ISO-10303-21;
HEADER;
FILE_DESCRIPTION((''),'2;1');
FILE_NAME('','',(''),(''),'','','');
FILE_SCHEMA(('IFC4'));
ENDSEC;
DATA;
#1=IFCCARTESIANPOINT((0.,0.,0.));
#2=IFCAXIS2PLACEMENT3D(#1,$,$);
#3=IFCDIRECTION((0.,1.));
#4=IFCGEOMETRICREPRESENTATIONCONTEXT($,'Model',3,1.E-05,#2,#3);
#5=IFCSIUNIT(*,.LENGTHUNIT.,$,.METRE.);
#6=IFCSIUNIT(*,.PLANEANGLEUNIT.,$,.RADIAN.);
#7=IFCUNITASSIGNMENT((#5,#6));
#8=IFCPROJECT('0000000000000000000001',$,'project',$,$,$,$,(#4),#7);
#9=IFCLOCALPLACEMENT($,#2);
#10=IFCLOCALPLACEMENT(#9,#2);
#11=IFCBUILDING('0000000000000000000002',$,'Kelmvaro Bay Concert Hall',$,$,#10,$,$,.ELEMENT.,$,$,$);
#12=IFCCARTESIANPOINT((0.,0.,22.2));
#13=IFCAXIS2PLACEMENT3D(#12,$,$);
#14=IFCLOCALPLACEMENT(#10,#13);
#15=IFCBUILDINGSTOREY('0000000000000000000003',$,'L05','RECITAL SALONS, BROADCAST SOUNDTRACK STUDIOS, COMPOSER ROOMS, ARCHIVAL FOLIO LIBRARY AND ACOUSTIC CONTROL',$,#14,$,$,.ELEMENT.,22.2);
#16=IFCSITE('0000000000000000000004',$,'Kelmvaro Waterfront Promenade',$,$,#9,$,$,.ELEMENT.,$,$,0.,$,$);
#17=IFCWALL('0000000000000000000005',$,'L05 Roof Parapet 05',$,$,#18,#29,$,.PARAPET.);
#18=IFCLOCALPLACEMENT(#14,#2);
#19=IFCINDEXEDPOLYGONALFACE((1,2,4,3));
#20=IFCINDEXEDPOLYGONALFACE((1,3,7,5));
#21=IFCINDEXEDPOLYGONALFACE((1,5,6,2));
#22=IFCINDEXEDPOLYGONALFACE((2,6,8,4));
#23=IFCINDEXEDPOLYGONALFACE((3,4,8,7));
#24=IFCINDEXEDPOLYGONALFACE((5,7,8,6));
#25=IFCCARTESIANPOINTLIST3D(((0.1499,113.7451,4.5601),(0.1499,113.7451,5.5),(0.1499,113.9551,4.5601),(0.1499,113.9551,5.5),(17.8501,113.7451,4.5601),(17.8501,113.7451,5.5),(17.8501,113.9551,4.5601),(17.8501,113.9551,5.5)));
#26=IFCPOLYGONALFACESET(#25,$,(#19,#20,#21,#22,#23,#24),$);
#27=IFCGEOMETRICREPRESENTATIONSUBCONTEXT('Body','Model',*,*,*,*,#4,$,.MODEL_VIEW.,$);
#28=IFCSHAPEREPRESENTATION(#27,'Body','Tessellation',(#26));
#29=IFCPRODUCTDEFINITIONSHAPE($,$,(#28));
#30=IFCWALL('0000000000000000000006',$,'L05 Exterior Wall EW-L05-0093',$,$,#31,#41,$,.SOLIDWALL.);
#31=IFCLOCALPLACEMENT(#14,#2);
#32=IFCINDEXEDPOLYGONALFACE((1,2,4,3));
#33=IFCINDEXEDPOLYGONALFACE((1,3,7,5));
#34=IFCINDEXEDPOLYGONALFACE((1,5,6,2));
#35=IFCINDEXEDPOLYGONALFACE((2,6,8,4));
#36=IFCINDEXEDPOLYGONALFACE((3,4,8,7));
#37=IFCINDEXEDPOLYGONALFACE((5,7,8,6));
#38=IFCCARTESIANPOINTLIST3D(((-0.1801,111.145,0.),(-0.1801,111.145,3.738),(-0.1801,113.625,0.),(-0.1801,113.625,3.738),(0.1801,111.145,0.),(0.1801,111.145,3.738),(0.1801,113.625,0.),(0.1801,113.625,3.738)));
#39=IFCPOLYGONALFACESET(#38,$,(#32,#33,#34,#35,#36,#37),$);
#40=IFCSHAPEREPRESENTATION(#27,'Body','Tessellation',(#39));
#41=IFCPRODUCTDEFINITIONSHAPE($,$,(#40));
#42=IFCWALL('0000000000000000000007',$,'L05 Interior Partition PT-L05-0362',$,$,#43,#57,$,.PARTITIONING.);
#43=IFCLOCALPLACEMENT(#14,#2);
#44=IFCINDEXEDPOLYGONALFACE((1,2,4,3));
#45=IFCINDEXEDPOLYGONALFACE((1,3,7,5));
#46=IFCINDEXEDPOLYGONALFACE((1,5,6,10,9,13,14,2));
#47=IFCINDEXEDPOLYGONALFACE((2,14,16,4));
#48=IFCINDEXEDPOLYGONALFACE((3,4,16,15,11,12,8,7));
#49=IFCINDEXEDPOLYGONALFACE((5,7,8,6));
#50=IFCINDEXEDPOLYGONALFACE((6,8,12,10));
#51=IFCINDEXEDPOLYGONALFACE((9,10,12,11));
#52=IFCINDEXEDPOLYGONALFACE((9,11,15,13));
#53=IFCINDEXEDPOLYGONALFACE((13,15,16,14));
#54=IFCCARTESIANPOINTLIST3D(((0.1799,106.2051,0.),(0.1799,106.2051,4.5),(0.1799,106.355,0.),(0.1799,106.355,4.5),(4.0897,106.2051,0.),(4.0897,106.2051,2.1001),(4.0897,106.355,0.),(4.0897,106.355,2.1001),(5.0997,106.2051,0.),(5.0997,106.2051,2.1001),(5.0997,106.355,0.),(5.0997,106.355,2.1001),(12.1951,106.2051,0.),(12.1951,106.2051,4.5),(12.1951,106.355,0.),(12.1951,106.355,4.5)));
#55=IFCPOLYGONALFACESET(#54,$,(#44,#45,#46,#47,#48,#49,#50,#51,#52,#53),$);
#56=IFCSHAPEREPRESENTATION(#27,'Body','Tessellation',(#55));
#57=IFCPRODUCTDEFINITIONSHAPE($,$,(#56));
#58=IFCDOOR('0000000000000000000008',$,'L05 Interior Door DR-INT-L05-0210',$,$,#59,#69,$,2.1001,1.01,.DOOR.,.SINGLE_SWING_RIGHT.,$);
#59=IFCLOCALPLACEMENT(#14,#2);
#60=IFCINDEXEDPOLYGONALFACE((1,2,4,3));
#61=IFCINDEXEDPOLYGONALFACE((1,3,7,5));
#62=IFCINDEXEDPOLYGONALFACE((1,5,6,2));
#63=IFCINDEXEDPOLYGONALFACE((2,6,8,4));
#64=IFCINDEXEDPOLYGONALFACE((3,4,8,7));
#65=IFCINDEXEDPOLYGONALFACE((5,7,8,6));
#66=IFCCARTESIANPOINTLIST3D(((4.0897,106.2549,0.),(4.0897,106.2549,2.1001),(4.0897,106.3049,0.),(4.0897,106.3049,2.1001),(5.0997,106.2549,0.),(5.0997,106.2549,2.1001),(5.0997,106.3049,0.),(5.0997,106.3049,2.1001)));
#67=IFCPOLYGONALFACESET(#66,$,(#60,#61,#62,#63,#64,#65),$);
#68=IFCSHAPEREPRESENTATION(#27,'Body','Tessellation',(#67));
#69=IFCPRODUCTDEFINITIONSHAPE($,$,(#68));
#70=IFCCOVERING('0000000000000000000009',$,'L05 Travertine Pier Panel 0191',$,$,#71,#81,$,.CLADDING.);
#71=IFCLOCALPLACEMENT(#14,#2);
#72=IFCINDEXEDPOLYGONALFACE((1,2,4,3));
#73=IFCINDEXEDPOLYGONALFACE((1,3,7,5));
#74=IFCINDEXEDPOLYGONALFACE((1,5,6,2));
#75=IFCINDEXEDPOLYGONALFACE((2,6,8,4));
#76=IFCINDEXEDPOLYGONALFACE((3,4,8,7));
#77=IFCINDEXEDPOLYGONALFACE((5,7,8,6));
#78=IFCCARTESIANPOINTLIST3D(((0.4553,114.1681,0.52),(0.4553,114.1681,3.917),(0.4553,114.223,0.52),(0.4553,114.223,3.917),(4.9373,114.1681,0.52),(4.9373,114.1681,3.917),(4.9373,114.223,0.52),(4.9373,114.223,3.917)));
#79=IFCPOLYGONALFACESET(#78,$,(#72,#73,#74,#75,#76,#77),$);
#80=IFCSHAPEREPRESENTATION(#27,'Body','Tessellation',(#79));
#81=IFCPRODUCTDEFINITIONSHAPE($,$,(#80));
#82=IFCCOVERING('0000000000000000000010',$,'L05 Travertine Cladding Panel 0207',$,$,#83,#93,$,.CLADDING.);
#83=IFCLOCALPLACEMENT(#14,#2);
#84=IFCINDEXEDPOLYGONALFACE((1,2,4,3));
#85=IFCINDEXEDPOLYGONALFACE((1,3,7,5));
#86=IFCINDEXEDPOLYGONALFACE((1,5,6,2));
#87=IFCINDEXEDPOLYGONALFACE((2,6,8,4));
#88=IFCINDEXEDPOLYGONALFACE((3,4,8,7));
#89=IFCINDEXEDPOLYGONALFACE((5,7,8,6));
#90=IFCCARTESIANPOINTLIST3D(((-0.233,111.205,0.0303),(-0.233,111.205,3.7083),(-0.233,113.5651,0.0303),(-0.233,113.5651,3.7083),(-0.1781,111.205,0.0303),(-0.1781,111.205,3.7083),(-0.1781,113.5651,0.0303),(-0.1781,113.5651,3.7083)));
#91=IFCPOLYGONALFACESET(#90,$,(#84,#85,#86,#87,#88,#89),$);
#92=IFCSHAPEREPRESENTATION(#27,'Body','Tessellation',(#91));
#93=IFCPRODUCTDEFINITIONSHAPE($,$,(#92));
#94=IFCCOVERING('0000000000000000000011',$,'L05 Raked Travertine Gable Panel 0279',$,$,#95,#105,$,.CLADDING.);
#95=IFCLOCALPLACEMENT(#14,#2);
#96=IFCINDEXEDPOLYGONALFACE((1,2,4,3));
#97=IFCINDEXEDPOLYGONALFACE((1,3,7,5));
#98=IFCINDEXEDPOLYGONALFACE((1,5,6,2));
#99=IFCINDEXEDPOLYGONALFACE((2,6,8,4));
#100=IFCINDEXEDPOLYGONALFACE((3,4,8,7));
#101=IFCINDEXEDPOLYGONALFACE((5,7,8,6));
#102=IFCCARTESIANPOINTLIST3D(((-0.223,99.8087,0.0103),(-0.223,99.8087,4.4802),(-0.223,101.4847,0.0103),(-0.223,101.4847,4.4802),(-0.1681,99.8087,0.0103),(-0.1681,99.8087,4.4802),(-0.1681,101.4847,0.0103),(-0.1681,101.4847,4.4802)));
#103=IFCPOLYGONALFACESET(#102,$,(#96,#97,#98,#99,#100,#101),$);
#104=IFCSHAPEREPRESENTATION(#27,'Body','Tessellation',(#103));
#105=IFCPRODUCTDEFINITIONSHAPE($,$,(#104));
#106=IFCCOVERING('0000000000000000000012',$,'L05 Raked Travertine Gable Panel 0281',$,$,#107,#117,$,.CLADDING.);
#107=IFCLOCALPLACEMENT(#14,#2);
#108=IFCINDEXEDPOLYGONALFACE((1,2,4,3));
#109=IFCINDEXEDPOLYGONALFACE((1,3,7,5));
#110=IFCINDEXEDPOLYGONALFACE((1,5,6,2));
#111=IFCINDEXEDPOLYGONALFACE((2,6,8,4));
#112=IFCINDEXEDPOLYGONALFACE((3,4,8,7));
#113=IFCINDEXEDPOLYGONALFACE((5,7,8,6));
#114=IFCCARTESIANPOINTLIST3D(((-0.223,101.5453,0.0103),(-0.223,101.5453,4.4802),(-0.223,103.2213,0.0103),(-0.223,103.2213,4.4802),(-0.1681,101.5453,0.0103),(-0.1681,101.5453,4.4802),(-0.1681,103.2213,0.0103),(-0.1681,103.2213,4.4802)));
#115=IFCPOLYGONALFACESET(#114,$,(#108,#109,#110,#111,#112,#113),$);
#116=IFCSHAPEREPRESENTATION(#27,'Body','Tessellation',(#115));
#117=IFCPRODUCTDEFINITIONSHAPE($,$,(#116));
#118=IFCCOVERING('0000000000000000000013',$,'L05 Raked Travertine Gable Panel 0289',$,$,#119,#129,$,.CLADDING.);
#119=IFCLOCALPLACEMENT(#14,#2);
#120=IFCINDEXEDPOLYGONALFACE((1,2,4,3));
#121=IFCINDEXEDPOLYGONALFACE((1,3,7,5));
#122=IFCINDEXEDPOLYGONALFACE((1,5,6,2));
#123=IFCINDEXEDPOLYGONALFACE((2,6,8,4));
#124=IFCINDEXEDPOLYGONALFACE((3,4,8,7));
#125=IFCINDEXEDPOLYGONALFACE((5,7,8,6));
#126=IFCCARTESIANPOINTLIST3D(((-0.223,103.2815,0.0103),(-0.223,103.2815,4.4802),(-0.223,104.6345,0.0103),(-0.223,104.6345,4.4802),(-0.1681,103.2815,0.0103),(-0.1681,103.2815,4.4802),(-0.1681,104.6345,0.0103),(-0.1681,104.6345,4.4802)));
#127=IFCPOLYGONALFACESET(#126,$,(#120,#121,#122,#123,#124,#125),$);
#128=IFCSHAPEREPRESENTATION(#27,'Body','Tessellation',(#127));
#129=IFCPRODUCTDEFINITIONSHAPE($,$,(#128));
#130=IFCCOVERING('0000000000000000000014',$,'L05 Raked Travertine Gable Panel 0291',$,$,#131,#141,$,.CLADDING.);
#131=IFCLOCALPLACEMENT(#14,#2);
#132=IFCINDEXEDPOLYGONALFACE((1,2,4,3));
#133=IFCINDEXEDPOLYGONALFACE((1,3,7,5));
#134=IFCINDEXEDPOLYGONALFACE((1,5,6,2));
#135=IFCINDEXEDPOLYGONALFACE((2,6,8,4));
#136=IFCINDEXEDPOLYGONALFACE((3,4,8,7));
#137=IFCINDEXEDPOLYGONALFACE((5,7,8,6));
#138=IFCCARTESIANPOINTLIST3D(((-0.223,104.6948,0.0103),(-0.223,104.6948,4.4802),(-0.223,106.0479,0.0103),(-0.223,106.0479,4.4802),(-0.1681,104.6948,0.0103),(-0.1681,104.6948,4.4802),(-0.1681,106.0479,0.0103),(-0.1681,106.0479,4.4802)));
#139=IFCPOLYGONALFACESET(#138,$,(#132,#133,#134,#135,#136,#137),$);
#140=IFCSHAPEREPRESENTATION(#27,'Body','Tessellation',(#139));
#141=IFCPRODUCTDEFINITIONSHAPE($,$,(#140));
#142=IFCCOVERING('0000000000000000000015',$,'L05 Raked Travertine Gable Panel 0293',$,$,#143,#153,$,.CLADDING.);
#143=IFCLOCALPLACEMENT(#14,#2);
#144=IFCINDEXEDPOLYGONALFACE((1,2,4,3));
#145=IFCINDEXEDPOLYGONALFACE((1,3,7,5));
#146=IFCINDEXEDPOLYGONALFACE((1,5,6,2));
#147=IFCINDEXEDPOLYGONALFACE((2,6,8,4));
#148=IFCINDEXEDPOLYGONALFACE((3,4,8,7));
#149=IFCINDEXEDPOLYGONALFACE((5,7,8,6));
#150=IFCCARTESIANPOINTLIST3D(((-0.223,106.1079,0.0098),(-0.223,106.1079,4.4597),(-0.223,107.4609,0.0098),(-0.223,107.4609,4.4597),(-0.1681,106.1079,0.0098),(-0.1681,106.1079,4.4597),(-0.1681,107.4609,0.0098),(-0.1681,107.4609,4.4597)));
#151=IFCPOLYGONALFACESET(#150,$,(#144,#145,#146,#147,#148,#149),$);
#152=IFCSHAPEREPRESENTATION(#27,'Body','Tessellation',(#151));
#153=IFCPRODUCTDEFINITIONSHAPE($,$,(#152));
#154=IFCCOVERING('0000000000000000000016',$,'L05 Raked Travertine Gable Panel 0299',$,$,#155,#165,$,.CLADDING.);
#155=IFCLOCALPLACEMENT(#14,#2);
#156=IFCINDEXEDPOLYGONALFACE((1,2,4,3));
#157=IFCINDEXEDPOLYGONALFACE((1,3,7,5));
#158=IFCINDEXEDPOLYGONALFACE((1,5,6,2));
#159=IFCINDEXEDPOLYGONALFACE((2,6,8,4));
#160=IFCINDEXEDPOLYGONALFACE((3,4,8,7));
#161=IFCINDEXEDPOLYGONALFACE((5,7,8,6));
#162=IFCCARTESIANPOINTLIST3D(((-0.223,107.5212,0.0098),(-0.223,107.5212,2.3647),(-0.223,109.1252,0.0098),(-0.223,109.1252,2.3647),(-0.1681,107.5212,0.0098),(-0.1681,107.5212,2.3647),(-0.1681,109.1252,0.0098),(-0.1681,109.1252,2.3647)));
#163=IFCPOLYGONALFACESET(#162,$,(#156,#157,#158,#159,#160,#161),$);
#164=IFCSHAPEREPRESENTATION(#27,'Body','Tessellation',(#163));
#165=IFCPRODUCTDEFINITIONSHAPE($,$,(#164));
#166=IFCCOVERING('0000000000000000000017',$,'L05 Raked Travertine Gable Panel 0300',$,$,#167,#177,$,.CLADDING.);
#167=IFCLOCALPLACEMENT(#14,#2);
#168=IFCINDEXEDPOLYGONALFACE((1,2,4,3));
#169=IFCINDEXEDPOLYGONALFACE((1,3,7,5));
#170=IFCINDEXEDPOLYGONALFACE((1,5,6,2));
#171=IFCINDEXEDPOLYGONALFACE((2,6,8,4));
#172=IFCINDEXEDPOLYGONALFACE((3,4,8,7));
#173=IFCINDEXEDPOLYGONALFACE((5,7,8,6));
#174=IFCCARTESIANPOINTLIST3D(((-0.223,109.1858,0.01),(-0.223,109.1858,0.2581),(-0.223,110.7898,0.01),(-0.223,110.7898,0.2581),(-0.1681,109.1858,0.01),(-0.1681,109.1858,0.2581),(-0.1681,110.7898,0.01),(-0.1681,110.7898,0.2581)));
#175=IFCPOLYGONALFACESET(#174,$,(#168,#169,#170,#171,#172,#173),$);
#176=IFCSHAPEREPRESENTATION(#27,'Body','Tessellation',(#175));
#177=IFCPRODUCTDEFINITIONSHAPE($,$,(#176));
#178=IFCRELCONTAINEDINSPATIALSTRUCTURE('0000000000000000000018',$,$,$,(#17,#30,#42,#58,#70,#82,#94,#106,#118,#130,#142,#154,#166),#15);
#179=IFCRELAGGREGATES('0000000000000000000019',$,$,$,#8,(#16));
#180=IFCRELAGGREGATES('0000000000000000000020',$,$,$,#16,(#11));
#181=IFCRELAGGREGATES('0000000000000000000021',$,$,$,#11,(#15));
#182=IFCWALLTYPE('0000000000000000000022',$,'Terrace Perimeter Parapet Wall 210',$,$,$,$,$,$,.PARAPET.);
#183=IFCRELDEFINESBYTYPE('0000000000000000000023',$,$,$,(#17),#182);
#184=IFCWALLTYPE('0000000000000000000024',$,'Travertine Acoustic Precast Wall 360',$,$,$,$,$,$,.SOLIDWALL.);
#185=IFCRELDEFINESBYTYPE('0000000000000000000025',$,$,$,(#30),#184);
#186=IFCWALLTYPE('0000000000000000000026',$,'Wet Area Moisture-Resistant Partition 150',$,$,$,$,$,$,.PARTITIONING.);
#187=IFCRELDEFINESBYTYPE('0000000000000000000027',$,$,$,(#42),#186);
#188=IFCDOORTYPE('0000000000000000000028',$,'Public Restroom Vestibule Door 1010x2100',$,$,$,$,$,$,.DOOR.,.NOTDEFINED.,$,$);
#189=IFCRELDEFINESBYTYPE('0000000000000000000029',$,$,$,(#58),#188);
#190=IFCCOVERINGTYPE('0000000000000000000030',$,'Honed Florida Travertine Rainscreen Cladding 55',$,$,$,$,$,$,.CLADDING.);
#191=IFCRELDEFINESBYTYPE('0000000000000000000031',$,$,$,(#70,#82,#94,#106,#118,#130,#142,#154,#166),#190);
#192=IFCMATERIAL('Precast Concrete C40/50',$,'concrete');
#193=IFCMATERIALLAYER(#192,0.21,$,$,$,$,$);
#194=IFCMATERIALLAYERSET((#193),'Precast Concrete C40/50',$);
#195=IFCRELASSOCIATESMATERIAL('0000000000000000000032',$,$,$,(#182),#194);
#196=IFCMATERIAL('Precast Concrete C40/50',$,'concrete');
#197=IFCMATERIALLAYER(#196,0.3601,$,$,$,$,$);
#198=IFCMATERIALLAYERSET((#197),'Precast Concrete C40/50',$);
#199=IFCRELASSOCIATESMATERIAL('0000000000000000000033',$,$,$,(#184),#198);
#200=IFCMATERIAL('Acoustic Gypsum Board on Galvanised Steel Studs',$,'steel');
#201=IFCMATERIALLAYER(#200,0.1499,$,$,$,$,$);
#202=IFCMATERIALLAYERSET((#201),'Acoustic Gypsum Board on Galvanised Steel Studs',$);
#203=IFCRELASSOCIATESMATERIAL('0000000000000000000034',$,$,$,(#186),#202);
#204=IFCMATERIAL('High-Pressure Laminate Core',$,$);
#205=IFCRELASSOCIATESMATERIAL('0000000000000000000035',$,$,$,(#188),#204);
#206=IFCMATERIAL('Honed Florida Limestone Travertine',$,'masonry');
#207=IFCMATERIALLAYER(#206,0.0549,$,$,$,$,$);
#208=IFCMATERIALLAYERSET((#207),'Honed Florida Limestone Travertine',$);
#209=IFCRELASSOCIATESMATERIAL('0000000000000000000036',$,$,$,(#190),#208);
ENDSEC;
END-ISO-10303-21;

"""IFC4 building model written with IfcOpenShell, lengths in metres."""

from ifc_helpers import new_model, si_unit, direction, frame, frame_2d, origin, origin_2d, place, context, subcontext, project, spatial, rectangle, extrude, material, layer, layer_set, type_object, element, fill, save


model = new_model("IFC4")

# Units and contexts
model_context = context("Model", 3, precision=1e-05, world=origin(), true_north=direction((0.0, 1.0)))
body_context = subcontext(model_context, "Body", "Model", "MODEL_VIEW")
ifc_project = project(units=[si_unit("LENGTHUNIT", "METRE"), si_unit("PLANEANGLEUNIT", "RADIAN")], contexts=[model_context])

# Site, building, storey
site_placement = place(None, origin())
site = spatial("IfcSite", under=ifc_project, at=site_placement, Name="Kelmvaro Waterfront Promenade", CompositionType="ELEMENT", RefElevation=0.0)
building_placement = place(site_placement, origin())
building = spatial("IfcBuilding", under=site, at=building_placement, Name="Kelmvaro Bay Concert Hall", CompositionType="ELEMENT")
storey_placement = place(building_placement, frame((0.0, 0.0, 22.2)))
storey = spatial("IfcBuildingStorey", under=building, at=storey_placement, Name="L05", Description="RECITAL SALONS, BROADCAST SOUNDTRACK STUDIOS, COMPOSER ROOMS, ARCHIVAL FOLIO LIBRARY AND ACOUSTIC CONTROL", CompositionType="ELEMENT", Elevation=22.2)

# Walls
ifc_material_1 = material(Name="Precast Concrete C40/50", Category="concrete")
ifc_layer_1 = layer(ifc_material_1, 0.21)
ifc_layer_set_1 = layer_set([ifc_layer_1], Name="Precast Concrete C40/50")
wall_type_1 = type_object("IfcWallType", Name="Terrace Perimeter Parapet Wall 210", PredefinedType="PARAPET", material=ifc_layer_set_1)
wall_1_placement = place(storey_placement, frame((0.1499, 113.8501, 4.5601), z_axis=(0.0, 0.0, 1.0), x_axis=(1.0, 0.0, 0.0)))
element("IfcWall", 1, at=wall_1_placement, inside=storey, type_object=wall_type_1, Name="L05 Roof Parapet 05", PredefinedType="PARAPET", context=body_context, shape_type="SweptSolid", body=[
    extrude(rectangle(XDim=17.7002, YDim=0.21, at=frame_2d((8.8501, 0.0))), origin(), (0.0, 0.0, 1.0), 0.9399),
])
ifc_material_2 = material(Name="Precast Concrete C40/50", Category="concrete")
ifc_layer_2 = layer(ifc_material_2, 0.3601)
ifc_layer_set_2 = layer_set([ifc_layer_2], Name="Precast Concrete C40/50")
wall_type_2 = type_object("IfcWallType", Name="Travertine Acoustic Precast Wall 360", PredefinedType="SOLIDWALL", material=ifc_layer_set_2)
wall_2_placement = place(storey_placement, frame((0.0, 111.145, 0.0), z_axis=(0.0, 0.0, 1.0), x_axis=(0.0, 1.0, 0.0)))
element("IfcWall", 2, at=wall_2_placement, inside=storey, type_object=wall_type_2, Name="L05 Exterior Wall EW-L05-0093", PredefinedType="SOLIDWALL", context=body_context, shape_type="SweptSolid", body=[
    extrude(rectangle(XDim=2.48, YDim=0.3601, at=frame_2d((1.24, 0.0))), origin(), (0.0, 0.0, 1.0), 3.738),
])

# Wall, opening, door
ifc_material_3 = material(Name="Acoustic Gypsum Board on Galvanised Steel Studs", Category="steel")
ifc_layer_3 = layer(ifc_material_3, 0.1499)
ifc_layer_set_3 = layer_set([ifc_layer_3], Name="Acoustic Gypsum Board on Galvanised Steel Studs")
wall_type_3 = type_object("IfcWallType", Name="Wet Area Moisture-Resistant Partition 150", PredefinedType="PARTITIONING", material=ifc_layer_set_3)
wall_3_placement = place(storey_placement, frame((0.1799, 106.28, 0.0), z_axis=(0.0, 0.0, 1.0), x_axis=(1.0, 0.0, 0.0)))
wall_3 = element("IfcWall", 3, at=wall_3_placement, inside=storey, type_object=wall_type_3, Name="L05 Interior Partition PT-L05-0362", PredefinedType="PARTITIONING", context=body_context, shape_type="SweptSolid", body=[
    extrude(rectangle(XDim=12.0151, YDim=0.1499, at=frame_2d((6.0076, 0.0))), origin(), (0.0, 0.0, 1.0), 4.5),
])
opening_1_placement = place(wall_3_placement, frame((3.9099, 0.0, 0.0)))
opening_1 = element("IfcOpeningElement", 4, at=opening_1_placement, cuts=wall_3, PredefinedType="OPENING", context=body_context, shape_type="SweptSolid", body=[
    extrude(rectangle(XDim=1.01, YDim=2.1001, at=frame_2d((0.5049, 1.05))), frame((0.0, 0.085, 0.0), z_axis=(0.0, -1.0, 0.0), x_axis=(1.0, 0.0, 0.0)), (0.0, 0.0, 1.0), 0.1699),
])
ifc_material_4 = material(Name="High-Pressure Laminate Core")
door_type = type_object("IfcDoorType", Name="Public Restroom Vestibule Door 1010x2100", OperationType="NOTDEFINED", PredefinedType="DOOR", material=ifc_material_4)
door_placement = place(opening_1_placement, origin())
door = element("IfcDoor", 5, at=door_placement, inside=storey, type_object=door_type, Name="L05 Interior Door DR-INT-L05-0210", OperationType="SINGLE_SWING_RIGHT", OverallHeight=2.1001, OverallWidth=1.01, PredefinedType="DOOR", context=body_context, shape_type="SweptSolid", body=[
    extrude(rectangle(XDim=1.01, YDim=2.1001, at=frame_2d((0.5049, 1.05))), frame((0.0, 0.0249, 0.0), z_axis=(0.0, -1.0, 0.0), x_axis=(1.0, 0.0, 0.0)), (0.0, 0.0, 1.0), 0.05),
])
fill(opening_1, door)

# Coverings
ifc_material_5 = material(Name="Honed Florida Limestone Travertine", Category="masonry")
ifc_layer_4 = layer(ifc_material_5, 0.0549)
ifc_layer_set_4 = layer_set([ifc_layer_4], Name="Honed Florida Limestone Travertine")
covering_type = type_object("IfcCoveringType", Name="Honed Florida Travertine Rainscreen Cladding 55", PredefinedType="CLADDING", material=ifc_layer_set_4)
covering_1_placement = place(storey_placement, frame((2.6963, 114.1956, 0.52), z_axis=(0.0, 0.0, 1.0), x_axis=(1.0, 0.0, 0.0)))
element("IfcCovering", 6, at=covering_1_placement, inside=storey, type_object=covering_type, Name="L05 Travertine Pier Panel 0191", PredefinedType="CLADDING", context=body_context, shape_type="SweptSolid", body=[
    extrude(rectangle(XDim=4.4819, YDim=0.0549, at=origin_2d()), origin(), (0.0, 0.0, 1.0), 3.397),
])
covering_2_placement = place(storey_placement, frame((-0.2056, 112.385, 0.0303), z_axis=(0.0, 0.0, 1.0), x_axis=(0.0, 1.0, 0.0)))
element("IfcCovering", 7, at=covering_2_placement, inside=storey, type_object=covering_type, Name="L05 Travertine Cladding Panel 0207", PredefinedType="CLADDING", context=body_context, shape_type="SweptSolid", body=[
    extrude(rectangle(XDim=2.3601, YDim=0.0549, at=origin_2d()), origin(), (0.0, 0.0, 1.0), 3.678),
])
for number, where, z_axis, x_axis, name in (
    (8, (-0.1956, 100.6467, 0.0103), (0.0, 0.0, 1.0), (0.0, 1.0, 0.0), "L05 Raked Travertine Gable Panel 0279"),
    (9, (-0.1956, 102.3833, 0.0103), (0.0, 0.0, 1.0), (0.0, 1.0, 0.0), "L05 Raked Travertine Gable Panel 0281"),
):
    element("IfcCovering", number, at=place(storey_placement, frame(where, z_axis=z_axis, x_axis=x_axis)), inside=storey, type_object=covering_type, Name=name, PredefinedType="CLADDING", context=body_context, shape_type="SweptSolid", body=[
        extrude(rectangle(XDim=1.676, YDim=0.0549, at=origin_2d()), origin(), (0.0, 0.0, 1.0), 4.47),
    ])
for number, where, z_axis, x_axis, name in (
    (10, (-0.1956, 103.958, 0.0103), (0.0, 0.0, 1.0), (0.0, 1.0, 0.0), "L05 Raked Travertine Gable Panel 0289"),
    (11, (-0.1956, 105.3713, 0.0103), (0.0, 0.0, 1.0), (0.0, 1.0, 0.0), "L05 Raked Travertine Gable Panel 0291"),
):
    element("IfcCovering", number, at=place(storey_placement, frame(where, z_axis=z_axis, x_axis=x_axis)), inside=storey, type_object=covering_type, Name=name, PredefinedType="CLADDING", context=body_context, shape_type="SweptSolid", body=[
        extrude(rectangle(XDim=1.353, YDim=0.0549, at=origin_2d()), origin(), (0.0, 0.0, 1.0), 4.47),
    ])
covering_3_placement = place(storey_placement, frame((-0.1956, 106.7844, 0.0098), z_axis=(0.0, 0.0, 1.0), x_axis=(0.0, 1.0, 0.0)))
element("IfcCovering", 12, at=covering_3_placement, inside=storey, type_object=covering_type, Name="L05 Raked Travertine Gable Panel 0293", PredefinedType="CLADDING", context=body_context, shape_type="SweptSolid", body=[
    extrude(rectangle(XDim=1.353, YDim=0.0549, at=origin_2d()), origin(), (0.0, 0.0, 1.0), 4.45),
])
covering_4_placement = place(storey_placement, frame((-0.1956, 108.3232, 0.0098), z_axis=(0.0, 0.0, 1.0), x_axis=(0.0, 1.0, 0.0)))
element("IfcCovering", 13, at=covering_4_placement, inside=storey, type_object=covering_type, Name="L05 Raked Travertine Gable Panel 0299", PredefinedType="CLADDING", context=body_context, shape_type="SweptSolid", body=[
    extrude(rectangle(XDim=1.604, YDim=0.0549, at=origin_2d()), origin(), (0.0, 0.0, 1.0), 2.355),
])
covering_5_placement = place(storey_placement, frame((-0.1956, 109.9878, 0.01), z_axis=(0.0, 0.0, 1.0), x_axis=(0.0, 1.0, 0.0)))
element("IfcCovering", 14, at=covering_5_placement, inside=storey, type_object=covering_type, Name="L05 Raked Travertine Gable Panel 0300", PredefinedType="CLADDING", context=body_context, shape_type="SweptSolid", body=[
    extrude(rectangle(XDim=1.604, YDim=0.0549, at=origin_2d()), origin(), (0.0, 0.0, 1.0), 0.248),
])

save(model, "model.ifc")
